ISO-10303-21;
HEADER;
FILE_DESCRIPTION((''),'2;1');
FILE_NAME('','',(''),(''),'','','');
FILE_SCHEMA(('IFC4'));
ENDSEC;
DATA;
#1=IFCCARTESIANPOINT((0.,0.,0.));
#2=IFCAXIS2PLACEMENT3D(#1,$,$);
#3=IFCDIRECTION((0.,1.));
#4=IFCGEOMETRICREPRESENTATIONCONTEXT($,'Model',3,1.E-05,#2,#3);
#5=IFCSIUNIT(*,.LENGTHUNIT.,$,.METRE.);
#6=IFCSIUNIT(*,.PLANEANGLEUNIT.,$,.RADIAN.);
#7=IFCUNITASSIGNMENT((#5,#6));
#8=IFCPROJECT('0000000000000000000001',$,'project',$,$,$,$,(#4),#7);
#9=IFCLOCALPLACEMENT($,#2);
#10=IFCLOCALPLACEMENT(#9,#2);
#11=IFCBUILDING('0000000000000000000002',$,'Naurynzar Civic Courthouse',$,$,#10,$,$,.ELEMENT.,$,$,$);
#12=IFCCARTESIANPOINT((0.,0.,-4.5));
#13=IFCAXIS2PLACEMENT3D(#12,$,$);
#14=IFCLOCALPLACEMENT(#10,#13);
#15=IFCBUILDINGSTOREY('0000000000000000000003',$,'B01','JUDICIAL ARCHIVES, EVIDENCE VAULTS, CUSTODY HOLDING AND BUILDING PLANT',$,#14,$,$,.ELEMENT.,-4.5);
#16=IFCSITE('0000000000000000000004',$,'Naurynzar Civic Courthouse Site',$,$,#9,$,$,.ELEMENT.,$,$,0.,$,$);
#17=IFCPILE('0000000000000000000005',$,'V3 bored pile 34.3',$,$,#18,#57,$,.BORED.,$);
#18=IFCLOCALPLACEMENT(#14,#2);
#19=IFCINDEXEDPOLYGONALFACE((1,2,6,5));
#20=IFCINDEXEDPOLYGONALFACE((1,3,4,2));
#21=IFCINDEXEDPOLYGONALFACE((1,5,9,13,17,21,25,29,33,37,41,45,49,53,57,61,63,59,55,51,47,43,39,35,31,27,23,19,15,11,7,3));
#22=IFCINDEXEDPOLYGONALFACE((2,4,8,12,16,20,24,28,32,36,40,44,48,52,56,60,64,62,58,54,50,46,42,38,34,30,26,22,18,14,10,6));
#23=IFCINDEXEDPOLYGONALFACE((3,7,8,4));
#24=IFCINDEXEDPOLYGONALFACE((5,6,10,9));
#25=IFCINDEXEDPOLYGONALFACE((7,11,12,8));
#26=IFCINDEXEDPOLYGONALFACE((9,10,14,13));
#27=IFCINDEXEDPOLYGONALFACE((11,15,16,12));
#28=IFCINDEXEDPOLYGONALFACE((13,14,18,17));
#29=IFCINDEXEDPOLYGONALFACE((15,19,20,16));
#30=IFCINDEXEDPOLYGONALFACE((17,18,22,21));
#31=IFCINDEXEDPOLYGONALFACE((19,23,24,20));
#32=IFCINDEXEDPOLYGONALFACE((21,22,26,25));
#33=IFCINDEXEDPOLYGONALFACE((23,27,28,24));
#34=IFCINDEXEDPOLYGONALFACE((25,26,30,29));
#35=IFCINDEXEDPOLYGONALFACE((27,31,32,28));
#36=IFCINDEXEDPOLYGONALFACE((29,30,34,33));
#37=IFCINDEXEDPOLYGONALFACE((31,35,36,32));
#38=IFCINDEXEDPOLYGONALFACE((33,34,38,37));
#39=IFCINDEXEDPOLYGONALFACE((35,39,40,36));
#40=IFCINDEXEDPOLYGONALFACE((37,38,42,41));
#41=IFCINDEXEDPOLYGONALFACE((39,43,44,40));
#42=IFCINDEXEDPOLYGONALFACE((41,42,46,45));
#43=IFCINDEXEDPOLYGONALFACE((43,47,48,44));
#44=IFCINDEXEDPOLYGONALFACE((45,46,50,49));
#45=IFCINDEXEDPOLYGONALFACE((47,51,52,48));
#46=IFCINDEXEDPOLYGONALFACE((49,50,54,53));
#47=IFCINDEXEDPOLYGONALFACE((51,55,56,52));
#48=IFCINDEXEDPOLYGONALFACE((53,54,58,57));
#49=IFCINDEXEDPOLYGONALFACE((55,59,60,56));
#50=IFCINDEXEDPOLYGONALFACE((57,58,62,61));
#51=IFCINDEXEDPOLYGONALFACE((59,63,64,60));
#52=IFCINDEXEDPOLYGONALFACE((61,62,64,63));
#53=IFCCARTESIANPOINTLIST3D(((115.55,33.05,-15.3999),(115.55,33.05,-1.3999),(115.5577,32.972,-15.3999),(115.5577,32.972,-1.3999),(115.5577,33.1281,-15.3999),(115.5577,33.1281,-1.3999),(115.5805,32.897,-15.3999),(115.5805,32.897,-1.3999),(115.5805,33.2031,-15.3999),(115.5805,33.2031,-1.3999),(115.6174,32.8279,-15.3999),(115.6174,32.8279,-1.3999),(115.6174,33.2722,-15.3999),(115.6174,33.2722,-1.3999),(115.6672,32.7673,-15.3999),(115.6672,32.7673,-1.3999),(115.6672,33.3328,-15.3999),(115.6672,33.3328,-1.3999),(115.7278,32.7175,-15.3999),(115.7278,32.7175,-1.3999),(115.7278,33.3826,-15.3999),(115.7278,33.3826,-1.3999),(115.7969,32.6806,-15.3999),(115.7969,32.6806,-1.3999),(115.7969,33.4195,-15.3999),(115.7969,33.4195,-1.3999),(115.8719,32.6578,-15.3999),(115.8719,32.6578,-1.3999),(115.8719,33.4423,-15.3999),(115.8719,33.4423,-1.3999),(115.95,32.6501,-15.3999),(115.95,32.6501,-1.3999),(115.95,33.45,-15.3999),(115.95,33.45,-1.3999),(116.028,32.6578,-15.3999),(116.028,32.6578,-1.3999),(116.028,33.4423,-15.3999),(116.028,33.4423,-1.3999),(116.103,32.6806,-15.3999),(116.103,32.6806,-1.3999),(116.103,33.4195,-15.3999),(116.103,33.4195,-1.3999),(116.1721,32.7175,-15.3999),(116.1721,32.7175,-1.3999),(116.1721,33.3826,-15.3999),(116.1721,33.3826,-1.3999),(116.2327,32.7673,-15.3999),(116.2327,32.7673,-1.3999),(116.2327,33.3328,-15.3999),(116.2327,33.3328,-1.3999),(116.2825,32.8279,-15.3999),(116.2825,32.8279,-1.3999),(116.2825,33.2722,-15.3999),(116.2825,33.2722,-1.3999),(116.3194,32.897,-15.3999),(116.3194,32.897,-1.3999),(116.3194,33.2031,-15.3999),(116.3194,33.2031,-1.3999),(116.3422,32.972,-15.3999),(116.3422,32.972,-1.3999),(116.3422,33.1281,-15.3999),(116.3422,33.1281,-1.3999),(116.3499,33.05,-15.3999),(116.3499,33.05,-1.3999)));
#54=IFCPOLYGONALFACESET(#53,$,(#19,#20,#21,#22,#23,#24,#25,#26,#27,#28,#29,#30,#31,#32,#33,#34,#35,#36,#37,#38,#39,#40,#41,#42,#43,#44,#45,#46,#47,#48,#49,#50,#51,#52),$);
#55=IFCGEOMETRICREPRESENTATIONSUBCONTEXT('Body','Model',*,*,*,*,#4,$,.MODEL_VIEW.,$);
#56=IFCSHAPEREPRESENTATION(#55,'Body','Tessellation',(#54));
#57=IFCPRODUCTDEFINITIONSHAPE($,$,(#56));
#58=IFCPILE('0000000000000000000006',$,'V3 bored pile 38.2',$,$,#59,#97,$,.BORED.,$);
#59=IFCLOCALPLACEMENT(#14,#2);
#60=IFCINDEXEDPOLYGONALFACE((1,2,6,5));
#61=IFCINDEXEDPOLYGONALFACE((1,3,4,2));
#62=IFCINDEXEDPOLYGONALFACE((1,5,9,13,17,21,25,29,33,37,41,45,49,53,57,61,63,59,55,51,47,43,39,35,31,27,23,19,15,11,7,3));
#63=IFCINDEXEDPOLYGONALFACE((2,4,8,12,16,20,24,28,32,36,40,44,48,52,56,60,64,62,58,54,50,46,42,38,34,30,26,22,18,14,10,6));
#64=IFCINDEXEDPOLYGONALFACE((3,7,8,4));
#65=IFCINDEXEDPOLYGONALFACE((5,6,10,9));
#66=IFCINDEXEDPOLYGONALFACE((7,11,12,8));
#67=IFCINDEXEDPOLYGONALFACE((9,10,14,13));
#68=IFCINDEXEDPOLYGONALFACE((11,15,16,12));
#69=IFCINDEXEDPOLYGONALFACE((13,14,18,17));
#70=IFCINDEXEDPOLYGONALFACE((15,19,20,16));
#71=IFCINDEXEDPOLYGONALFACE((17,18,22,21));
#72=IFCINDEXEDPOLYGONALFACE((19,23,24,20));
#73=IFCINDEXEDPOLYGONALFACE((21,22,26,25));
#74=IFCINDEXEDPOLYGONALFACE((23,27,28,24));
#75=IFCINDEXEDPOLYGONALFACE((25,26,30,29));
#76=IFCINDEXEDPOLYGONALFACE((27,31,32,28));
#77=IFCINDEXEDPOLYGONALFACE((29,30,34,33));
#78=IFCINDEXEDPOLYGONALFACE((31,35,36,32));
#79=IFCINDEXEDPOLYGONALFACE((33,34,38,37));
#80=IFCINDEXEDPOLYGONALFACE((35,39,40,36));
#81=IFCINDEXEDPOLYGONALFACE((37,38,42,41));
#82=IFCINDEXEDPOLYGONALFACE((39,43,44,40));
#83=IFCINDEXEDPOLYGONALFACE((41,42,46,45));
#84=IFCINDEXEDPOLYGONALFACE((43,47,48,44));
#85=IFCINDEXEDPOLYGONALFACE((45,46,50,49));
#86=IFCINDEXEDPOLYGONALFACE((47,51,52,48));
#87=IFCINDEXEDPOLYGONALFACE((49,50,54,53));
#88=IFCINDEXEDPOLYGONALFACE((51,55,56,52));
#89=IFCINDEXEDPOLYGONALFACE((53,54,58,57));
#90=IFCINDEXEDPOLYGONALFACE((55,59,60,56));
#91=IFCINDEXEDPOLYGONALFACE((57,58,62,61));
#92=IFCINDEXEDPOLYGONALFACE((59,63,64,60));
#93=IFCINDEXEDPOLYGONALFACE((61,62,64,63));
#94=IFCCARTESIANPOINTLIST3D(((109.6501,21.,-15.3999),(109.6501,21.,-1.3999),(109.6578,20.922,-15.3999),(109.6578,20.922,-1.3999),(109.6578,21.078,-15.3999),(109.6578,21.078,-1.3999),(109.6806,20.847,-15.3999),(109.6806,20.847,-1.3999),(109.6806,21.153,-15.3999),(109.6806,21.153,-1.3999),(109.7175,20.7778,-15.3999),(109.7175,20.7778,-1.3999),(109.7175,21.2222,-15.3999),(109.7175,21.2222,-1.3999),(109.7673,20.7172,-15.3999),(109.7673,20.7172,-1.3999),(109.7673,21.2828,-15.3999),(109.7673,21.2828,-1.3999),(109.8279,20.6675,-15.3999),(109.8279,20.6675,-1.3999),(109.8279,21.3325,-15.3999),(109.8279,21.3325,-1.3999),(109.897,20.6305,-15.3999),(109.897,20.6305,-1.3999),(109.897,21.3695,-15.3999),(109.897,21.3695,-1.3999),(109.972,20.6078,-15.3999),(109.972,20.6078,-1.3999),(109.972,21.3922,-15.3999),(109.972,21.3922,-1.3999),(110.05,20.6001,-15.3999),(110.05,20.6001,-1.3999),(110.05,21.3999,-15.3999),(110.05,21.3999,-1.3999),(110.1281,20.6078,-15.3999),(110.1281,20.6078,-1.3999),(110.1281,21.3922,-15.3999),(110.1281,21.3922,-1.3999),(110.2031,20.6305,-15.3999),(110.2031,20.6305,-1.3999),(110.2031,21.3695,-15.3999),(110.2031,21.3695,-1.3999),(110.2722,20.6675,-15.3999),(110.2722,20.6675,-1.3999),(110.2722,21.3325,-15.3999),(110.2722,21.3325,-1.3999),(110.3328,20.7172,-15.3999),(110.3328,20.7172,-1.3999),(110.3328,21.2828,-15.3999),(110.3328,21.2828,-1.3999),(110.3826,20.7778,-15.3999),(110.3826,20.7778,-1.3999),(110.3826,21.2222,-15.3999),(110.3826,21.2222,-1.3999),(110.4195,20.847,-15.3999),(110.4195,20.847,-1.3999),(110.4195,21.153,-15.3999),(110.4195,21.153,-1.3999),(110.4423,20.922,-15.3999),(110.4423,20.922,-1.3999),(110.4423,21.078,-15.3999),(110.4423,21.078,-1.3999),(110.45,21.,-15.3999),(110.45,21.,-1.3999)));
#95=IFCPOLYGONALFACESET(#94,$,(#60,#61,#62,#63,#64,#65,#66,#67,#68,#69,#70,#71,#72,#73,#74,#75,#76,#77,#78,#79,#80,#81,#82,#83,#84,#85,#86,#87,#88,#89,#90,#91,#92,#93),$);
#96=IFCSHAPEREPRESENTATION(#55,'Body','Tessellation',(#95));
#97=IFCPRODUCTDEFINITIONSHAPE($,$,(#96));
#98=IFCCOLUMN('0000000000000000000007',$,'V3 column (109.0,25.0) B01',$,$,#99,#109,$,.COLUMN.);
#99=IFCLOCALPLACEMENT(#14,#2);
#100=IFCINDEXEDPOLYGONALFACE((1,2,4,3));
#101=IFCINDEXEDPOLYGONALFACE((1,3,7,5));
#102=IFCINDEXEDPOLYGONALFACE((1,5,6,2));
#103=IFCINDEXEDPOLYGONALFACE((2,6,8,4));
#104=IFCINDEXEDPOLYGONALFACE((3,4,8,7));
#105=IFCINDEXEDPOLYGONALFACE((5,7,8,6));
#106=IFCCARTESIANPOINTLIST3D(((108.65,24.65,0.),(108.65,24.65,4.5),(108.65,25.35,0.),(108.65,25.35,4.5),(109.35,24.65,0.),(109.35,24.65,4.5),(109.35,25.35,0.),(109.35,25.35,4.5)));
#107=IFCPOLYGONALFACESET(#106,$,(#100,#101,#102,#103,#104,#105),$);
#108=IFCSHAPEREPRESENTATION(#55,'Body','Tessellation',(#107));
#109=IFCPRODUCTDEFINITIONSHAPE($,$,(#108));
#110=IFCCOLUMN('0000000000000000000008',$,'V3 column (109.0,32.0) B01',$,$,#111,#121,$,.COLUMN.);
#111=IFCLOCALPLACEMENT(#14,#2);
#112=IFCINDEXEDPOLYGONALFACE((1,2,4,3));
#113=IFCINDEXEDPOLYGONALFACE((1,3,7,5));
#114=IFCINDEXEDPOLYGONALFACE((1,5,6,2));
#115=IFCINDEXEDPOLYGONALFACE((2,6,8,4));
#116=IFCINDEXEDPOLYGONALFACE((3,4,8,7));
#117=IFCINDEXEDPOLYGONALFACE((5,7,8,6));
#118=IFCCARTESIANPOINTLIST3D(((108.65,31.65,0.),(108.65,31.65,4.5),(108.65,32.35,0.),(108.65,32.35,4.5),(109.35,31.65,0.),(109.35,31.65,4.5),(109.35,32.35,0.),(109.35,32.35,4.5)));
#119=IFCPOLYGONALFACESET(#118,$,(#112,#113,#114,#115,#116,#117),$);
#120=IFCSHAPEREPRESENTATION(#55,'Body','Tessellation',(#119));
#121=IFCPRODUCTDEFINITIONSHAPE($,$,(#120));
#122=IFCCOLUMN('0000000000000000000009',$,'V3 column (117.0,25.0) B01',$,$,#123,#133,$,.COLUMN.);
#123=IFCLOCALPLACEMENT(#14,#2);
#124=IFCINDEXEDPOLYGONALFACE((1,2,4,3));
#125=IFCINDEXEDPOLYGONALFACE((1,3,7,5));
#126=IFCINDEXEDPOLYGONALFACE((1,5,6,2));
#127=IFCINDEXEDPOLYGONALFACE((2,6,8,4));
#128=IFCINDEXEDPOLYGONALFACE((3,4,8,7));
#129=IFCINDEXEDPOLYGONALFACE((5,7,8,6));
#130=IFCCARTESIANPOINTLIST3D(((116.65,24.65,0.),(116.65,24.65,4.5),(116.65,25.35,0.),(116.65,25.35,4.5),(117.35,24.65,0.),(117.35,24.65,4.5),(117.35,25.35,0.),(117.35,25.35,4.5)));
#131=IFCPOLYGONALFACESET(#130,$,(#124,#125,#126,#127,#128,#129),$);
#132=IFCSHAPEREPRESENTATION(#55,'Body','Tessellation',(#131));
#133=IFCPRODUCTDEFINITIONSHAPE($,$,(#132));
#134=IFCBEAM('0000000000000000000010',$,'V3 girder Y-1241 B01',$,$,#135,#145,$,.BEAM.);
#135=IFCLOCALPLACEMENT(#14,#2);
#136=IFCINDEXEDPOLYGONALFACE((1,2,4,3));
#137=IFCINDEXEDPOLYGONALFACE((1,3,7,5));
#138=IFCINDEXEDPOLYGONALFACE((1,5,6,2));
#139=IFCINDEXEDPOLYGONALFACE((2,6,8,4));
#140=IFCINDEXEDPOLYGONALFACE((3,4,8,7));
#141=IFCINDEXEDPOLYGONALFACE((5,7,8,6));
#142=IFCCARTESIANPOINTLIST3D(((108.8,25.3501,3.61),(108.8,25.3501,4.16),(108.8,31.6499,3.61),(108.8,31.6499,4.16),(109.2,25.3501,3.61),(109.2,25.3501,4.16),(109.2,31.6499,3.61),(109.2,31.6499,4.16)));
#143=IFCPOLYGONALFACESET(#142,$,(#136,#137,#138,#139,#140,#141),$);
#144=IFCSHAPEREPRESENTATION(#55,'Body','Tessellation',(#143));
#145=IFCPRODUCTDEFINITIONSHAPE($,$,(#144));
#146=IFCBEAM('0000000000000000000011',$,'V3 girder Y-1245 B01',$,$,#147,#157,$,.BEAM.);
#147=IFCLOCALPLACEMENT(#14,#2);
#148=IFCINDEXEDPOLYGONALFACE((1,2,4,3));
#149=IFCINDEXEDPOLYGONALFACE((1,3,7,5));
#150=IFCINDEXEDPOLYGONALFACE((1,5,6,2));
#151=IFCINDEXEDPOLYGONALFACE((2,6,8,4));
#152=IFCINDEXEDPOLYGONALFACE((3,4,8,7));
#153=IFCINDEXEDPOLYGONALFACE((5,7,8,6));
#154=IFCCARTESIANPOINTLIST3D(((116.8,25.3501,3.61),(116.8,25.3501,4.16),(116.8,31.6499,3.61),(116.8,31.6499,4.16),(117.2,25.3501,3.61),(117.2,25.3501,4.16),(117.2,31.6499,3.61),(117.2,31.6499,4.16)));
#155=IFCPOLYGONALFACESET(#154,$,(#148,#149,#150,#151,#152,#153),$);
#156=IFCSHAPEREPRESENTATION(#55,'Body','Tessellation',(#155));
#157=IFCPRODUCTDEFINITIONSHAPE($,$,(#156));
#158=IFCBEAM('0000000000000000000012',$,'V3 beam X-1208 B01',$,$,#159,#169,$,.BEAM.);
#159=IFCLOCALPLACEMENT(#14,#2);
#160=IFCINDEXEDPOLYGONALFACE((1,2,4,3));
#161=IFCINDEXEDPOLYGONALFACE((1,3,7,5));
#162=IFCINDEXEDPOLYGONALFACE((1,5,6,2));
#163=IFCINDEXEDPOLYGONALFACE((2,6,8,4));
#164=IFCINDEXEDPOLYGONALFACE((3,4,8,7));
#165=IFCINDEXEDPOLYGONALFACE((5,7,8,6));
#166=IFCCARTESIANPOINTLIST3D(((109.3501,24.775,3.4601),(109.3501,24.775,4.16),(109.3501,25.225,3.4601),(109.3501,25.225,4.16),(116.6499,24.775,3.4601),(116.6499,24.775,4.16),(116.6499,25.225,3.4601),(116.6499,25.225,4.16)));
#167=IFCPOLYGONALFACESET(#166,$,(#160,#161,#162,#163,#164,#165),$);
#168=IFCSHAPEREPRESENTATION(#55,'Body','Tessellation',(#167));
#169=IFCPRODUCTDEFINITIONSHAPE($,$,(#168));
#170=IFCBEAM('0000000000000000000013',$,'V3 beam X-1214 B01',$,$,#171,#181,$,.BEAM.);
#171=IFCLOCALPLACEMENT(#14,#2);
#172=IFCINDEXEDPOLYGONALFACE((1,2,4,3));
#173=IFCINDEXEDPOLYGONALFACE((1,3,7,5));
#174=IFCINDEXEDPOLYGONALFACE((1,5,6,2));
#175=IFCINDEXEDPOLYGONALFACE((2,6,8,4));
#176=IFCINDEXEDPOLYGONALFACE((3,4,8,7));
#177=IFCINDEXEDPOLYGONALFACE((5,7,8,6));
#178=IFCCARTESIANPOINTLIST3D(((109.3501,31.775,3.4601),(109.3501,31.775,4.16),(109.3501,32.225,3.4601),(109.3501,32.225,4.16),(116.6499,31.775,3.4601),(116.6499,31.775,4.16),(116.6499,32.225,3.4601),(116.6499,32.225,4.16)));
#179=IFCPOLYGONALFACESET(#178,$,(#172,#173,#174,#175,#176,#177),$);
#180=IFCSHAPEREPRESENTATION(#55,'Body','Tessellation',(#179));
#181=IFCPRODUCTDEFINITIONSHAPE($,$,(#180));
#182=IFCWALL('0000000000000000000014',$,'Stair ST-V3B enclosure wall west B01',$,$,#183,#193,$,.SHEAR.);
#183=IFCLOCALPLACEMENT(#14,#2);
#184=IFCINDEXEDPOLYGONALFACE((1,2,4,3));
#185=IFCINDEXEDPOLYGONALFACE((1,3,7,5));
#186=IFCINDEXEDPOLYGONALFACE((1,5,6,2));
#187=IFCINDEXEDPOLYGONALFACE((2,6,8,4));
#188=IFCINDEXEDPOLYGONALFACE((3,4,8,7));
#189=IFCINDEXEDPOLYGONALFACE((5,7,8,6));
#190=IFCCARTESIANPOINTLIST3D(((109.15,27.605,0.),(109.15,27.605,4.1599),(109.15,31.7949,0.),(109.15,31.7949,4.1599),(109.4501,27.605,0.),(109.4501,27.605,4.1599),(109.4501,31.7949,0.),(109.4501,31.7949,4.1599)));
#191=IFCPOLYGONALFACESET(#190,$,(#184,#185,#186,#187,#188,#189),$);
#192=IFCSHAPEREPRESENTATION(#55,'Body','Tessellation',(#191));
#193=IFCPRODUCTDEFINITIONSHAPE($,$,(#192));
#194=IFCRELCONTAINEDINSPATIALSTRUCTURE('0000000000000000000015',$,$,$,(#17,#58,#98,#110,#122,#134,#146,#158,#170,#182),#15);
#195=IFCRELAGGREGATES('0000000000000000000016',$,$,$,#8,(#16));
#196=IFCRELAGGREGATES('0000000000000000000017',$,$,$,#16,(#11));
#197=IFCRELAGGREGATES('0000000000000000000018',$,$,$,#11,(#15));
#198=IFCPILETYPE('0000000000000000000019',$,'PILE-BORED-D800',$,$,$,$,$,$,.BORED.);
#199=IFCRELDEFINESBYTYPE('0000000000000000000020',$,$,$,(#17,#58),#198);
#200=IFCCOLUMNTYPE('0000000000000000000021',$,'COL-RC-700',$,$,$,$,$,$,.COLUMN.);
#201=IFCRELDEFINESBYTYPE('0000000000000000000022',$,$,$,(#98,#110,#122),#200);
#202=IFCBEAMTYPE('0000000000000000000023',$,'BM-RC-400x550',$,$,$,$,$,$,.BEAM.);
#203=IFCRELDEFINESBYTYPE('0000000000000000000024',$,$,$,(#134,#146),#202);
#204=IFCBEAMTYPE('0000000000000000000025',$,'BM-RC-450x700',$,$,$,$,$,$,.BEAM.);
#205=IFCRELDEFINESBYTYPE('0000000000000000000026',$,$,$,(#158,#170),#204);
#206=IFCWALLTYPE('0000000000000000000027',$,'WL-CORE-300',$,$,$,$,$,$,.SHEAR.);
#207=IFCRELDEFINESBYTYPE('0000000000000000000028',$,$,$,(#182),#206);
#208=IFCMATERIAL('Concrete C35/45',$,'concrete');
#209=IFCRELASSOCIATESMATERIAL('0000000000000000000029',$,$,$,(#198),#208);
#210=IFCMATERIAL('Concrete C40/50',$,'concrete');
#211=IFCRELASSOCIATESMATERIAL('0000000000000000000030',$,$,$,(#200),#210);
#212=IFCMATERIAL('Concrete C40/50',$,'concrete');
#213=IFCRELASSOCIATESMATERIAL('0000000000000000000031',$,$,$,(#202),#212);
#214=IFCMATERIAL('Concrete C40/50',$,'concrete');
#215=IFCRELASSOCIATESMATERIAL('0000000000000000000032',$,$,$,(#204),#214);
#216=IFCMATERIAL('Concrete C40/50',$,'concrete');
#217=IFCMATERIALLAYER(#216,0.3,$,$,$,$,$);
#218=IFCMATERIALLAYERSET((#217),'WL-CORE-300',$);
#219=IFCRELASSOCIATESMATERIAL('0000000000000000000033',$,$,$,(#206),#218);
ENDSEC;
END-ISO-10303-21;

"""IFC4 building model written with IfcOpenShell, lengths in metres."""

from ifc_helpers import new_model, si_unit, direction, frame, frame_2d, origin, origin_2d, place, context, subcontext, project, spatial, rectangle, circle, extrude, material, layer, layer_set, material_profile, profile_set, type_object, element, save


model = new_model("IFC4")

# Units and contexts
model_context = context("Model", 3, precision=1e-05, world=origin(), true_north=direction((0.0, 1.0)))
body_context = subcontext(model_context, "Body", "Model", "MODEL_VIEW")
ifc_project = project(units=[si_unit("LENGTHUNIT", "METRE"), si_unit("PLANEANGLEUNIT", "RADIAN")], contexts=[model_context])

# Site, building, storey
site_placement = place(None, origin())
site = spatial("IfcSite", under=ifc_project, at=site_placement, Name="Naurynzar Civic Courthouse Site", CompositionType="ELEMENT", RefElevation=0.0)
building_placement = place(site_placement, origin())
building = spatial("IfcBuilding", under=site, at=building_placement, Name="Naurynzar Civic Courthouse", CompositionType="ELEMENT")
storey_placement = place(building_placement, frame((0.0, 0.0, -4.5)))
storey = spatial("IfcBuildingStorey", under=building, at=storey_placement, Name="B01", Description="JUDICIAL ARCHIVES, EVIDENCE VAULTS, CUSTODY HOLDING AND BUILDING PLANT", CompositionType="ELEMENT", Elevation=-4.5)

# Piles
ifc_material_1 = material(Name="Concrete C35/45", Category="concrete")
ifc_material_profile_1 = material_profile(ifc_material_1, circle(Radius=0.3999, at=origin_2d()), Name="PILE D800")
ifc_profile_set_1 = profile_set([ifc_material_profile_1], Name="Concrete C35/45")
pile_type = type_object("IfcPileType", Name="PILE-BORED-D800", PredefinedType="BORED", material=ifc_profile_set_1)
for number, where, z_axis, x_axis, name in (
    (1, (115.95, 33.05, -1.3999), (0.0, 0.0, -1.0), (1.0, 0.0, 0.0), "V3 bored pile 34.3"),
    (2, (110.05, 21.0, -1.3999), (0.0, 0.0, -1.0), (1.0, 0.0, 0.0), "V3 bored pile 38.2"),
):
    element("IfcPile", number, at=place(storey_placement, frame(where, z_axis=z_axis, x_axis=x_axis)), inside=storey, type_object=pile_type, Name=name, PredefinedType="BORED", context=body_context, shape_type="SweptSolid", body=[
        extrude(circle(Radius=0.3999, at=origin_2d()), origin(), (0.0, 0.0, 1.0), 14.0),
    ])

# Columns
ifc_material_2 = material(Name="Concrete C40/50", Category="concrete")
ifc_material_profile_2 = material_profile(ifc_material_2, rectangle(XDim=0.7, YDim=0.7, at=origin_2d()), Name="RC 700x700")
ifc_profile_set_2 = profile_set([ifc_material_profile_2], Name="Concrete C40/50")
column_type = type_object("IfcColumnType", Name="COL-RC-700", PredefinedType="COLUMN", material=ifc_profile_set_2)
for number, where, z_axis, x_axis, name in (
    (3, (109.0, 25.0, 0.0), (0.0, 0.0, 1.0), (1.0, 0.0, 0.0), "V3 column (109.0,25.0) B01"),
    (4, (109.0, 32.0, 0.0), (0.0, 0.0, 1.0), (1.0, 0.0, 0.0), "V3 column (109.0,32.0) B01"),
    (5, (117.0, 25.0, 0.0), (0.0, 0.0, 1.0), (1.0, 0.0, 0.0), "V3 column (117.0,25.0) B01"),
):
    element("IfcColumn", number, at=place(storey_placement, frame(where, z_axis=z_axis, x_axis=x_axis)), inside=storey, type_object=column_type, Name=name, PredefinedType="COLUMN", context=body_context, shape_type="SweptSolid", body=[
        extrude(rectangle(XDim=0.7, YDim=0.7, at=origin_2d()), origin(), (0.0, 0.0, 1.0), 4.5),
    ])

# Beams
ifc_material_3 = material(Name="Concrete C40/50", Category="concrete")
ifc_material_profile_3 = material_profile(ifc_material_3, rectangle(XDim=0.3999, YDim=0.55, at=origin_2d()), Name="RCB 400x550")
ifc_profile_set_3 = profile_set([ifc_material_profile_3], Name="Concrete C40/50")
beam_type_1 = type_object("IfcBeamType", Name="BM-RC-400x550", PredefinedType="BEAM", material=ifc_profile_set_3)
for number, where, z_axis, x_axis, name in (
    (6, (109.0, 25.3501, 3.885), (0.0, 1.0, 0.0), (-1.0, 0.0, 0.0), "V3 girder Y-1241 B01"),
    (7, (117.0, 25.3501, 3.885), (0.0, 1.0, 0.0), (-1.0, 0.0, 0.0), "V3 girder Y-1245 B01"),
):
    element("IfcBeam", number, at=place(storey_placement, frame(where, z_axis=z_axis, x_axis=x_axis)), inside=storey, type_object=beam_type_1, Name=name, PredefinedType="BEAM", context=body_context, shape_type="SweptSolid", body=[
        extrude(rectangle(XDim=0.3999, YDim=0.55, at=origin_2d()), origin(), (0.0, 0.0, 1.0), 6.2998),
    ])
ifc_material_4 = material(Name="Concrete C40/50", Category="concrete")
ifc_material_profile_4 = material_profile(ifc_material_4, rectangle(XDim=0.45, YDim=0.7, at=origin_2d()), Name="RCB 450x700")
ifc_profile_set_4 = profile_set([ifc_material_profile_4], Name="Concrete C40/50")
beam_type_2 = type_object("IfcBeamType", Name="BM-RC-450x700", PredefinedType="BEAM", material=ifc_profile_set_4)
for number, where, z_axis, x_axis, name in (
    (8, (109.3501, 25.0, 3.8101), (1.0, 0.0, 0.0), (0.0, 1.0, 0.0), "V3 beam X-1208 B01"),
    (9, (109.3501, 32.0, 3.8101), (1.0, 0.0, 0.0), (0.0, 1.0, 0.0), "V3 beam X-1214 B01"),
):
    element("IfcBeam", number, at=place(storey_placement, frame(where, z_axis=z_axis, x_axis=x_axis)), inside=storey, type_object=beam_type_2, Name=name, PredefinedType="BEAM", context=body_context, shape_type="SweptSolid", body=[
        extrude(rectangle(XDim=0.45, YDim=0.7, at=origin_2d()), origin(), (0.0, 0.0, 1.0), 7.2998),
    ])

# Shared definitions
ifc_material_5 = material(Name="Concrete C40/50", Category="concrete")
ifc_layer_1 = layer(ifc_material_5, 0.3)
ifc_layer_set_1 = layer_set([ifc_layer_1], Name="WL-CORE-300")
wall_type_1 = type_object("IfcWallType", Name="WL-CORE-300", PredefinedType="SHEAR", material=ifc_layer_set_1)

# Wall
wall_1_placement = place(storey_placement, frame((109.3, 31.7949, 0.0), z_axis=(0.0, 0.0, 1.0), x_axis=(0.0, -1.0, 0.0)))
element("IfcWall", 10, at=wall_1_placement, inside=storey, type_object=wall_type_1, Name="Stair ST-V3B enclosure wall west B01", PredefinedType="SHEAR", context=body_context, shape_type="SweptSolid", body=[
    extrude(rectangle(XDim=4.1899, YDim=0.3, at=frame_2d((2.095, 0.0))), origin(), (0.0, 0.0, 1.0), 4.1599),
])

save(model, "model.ifc")
